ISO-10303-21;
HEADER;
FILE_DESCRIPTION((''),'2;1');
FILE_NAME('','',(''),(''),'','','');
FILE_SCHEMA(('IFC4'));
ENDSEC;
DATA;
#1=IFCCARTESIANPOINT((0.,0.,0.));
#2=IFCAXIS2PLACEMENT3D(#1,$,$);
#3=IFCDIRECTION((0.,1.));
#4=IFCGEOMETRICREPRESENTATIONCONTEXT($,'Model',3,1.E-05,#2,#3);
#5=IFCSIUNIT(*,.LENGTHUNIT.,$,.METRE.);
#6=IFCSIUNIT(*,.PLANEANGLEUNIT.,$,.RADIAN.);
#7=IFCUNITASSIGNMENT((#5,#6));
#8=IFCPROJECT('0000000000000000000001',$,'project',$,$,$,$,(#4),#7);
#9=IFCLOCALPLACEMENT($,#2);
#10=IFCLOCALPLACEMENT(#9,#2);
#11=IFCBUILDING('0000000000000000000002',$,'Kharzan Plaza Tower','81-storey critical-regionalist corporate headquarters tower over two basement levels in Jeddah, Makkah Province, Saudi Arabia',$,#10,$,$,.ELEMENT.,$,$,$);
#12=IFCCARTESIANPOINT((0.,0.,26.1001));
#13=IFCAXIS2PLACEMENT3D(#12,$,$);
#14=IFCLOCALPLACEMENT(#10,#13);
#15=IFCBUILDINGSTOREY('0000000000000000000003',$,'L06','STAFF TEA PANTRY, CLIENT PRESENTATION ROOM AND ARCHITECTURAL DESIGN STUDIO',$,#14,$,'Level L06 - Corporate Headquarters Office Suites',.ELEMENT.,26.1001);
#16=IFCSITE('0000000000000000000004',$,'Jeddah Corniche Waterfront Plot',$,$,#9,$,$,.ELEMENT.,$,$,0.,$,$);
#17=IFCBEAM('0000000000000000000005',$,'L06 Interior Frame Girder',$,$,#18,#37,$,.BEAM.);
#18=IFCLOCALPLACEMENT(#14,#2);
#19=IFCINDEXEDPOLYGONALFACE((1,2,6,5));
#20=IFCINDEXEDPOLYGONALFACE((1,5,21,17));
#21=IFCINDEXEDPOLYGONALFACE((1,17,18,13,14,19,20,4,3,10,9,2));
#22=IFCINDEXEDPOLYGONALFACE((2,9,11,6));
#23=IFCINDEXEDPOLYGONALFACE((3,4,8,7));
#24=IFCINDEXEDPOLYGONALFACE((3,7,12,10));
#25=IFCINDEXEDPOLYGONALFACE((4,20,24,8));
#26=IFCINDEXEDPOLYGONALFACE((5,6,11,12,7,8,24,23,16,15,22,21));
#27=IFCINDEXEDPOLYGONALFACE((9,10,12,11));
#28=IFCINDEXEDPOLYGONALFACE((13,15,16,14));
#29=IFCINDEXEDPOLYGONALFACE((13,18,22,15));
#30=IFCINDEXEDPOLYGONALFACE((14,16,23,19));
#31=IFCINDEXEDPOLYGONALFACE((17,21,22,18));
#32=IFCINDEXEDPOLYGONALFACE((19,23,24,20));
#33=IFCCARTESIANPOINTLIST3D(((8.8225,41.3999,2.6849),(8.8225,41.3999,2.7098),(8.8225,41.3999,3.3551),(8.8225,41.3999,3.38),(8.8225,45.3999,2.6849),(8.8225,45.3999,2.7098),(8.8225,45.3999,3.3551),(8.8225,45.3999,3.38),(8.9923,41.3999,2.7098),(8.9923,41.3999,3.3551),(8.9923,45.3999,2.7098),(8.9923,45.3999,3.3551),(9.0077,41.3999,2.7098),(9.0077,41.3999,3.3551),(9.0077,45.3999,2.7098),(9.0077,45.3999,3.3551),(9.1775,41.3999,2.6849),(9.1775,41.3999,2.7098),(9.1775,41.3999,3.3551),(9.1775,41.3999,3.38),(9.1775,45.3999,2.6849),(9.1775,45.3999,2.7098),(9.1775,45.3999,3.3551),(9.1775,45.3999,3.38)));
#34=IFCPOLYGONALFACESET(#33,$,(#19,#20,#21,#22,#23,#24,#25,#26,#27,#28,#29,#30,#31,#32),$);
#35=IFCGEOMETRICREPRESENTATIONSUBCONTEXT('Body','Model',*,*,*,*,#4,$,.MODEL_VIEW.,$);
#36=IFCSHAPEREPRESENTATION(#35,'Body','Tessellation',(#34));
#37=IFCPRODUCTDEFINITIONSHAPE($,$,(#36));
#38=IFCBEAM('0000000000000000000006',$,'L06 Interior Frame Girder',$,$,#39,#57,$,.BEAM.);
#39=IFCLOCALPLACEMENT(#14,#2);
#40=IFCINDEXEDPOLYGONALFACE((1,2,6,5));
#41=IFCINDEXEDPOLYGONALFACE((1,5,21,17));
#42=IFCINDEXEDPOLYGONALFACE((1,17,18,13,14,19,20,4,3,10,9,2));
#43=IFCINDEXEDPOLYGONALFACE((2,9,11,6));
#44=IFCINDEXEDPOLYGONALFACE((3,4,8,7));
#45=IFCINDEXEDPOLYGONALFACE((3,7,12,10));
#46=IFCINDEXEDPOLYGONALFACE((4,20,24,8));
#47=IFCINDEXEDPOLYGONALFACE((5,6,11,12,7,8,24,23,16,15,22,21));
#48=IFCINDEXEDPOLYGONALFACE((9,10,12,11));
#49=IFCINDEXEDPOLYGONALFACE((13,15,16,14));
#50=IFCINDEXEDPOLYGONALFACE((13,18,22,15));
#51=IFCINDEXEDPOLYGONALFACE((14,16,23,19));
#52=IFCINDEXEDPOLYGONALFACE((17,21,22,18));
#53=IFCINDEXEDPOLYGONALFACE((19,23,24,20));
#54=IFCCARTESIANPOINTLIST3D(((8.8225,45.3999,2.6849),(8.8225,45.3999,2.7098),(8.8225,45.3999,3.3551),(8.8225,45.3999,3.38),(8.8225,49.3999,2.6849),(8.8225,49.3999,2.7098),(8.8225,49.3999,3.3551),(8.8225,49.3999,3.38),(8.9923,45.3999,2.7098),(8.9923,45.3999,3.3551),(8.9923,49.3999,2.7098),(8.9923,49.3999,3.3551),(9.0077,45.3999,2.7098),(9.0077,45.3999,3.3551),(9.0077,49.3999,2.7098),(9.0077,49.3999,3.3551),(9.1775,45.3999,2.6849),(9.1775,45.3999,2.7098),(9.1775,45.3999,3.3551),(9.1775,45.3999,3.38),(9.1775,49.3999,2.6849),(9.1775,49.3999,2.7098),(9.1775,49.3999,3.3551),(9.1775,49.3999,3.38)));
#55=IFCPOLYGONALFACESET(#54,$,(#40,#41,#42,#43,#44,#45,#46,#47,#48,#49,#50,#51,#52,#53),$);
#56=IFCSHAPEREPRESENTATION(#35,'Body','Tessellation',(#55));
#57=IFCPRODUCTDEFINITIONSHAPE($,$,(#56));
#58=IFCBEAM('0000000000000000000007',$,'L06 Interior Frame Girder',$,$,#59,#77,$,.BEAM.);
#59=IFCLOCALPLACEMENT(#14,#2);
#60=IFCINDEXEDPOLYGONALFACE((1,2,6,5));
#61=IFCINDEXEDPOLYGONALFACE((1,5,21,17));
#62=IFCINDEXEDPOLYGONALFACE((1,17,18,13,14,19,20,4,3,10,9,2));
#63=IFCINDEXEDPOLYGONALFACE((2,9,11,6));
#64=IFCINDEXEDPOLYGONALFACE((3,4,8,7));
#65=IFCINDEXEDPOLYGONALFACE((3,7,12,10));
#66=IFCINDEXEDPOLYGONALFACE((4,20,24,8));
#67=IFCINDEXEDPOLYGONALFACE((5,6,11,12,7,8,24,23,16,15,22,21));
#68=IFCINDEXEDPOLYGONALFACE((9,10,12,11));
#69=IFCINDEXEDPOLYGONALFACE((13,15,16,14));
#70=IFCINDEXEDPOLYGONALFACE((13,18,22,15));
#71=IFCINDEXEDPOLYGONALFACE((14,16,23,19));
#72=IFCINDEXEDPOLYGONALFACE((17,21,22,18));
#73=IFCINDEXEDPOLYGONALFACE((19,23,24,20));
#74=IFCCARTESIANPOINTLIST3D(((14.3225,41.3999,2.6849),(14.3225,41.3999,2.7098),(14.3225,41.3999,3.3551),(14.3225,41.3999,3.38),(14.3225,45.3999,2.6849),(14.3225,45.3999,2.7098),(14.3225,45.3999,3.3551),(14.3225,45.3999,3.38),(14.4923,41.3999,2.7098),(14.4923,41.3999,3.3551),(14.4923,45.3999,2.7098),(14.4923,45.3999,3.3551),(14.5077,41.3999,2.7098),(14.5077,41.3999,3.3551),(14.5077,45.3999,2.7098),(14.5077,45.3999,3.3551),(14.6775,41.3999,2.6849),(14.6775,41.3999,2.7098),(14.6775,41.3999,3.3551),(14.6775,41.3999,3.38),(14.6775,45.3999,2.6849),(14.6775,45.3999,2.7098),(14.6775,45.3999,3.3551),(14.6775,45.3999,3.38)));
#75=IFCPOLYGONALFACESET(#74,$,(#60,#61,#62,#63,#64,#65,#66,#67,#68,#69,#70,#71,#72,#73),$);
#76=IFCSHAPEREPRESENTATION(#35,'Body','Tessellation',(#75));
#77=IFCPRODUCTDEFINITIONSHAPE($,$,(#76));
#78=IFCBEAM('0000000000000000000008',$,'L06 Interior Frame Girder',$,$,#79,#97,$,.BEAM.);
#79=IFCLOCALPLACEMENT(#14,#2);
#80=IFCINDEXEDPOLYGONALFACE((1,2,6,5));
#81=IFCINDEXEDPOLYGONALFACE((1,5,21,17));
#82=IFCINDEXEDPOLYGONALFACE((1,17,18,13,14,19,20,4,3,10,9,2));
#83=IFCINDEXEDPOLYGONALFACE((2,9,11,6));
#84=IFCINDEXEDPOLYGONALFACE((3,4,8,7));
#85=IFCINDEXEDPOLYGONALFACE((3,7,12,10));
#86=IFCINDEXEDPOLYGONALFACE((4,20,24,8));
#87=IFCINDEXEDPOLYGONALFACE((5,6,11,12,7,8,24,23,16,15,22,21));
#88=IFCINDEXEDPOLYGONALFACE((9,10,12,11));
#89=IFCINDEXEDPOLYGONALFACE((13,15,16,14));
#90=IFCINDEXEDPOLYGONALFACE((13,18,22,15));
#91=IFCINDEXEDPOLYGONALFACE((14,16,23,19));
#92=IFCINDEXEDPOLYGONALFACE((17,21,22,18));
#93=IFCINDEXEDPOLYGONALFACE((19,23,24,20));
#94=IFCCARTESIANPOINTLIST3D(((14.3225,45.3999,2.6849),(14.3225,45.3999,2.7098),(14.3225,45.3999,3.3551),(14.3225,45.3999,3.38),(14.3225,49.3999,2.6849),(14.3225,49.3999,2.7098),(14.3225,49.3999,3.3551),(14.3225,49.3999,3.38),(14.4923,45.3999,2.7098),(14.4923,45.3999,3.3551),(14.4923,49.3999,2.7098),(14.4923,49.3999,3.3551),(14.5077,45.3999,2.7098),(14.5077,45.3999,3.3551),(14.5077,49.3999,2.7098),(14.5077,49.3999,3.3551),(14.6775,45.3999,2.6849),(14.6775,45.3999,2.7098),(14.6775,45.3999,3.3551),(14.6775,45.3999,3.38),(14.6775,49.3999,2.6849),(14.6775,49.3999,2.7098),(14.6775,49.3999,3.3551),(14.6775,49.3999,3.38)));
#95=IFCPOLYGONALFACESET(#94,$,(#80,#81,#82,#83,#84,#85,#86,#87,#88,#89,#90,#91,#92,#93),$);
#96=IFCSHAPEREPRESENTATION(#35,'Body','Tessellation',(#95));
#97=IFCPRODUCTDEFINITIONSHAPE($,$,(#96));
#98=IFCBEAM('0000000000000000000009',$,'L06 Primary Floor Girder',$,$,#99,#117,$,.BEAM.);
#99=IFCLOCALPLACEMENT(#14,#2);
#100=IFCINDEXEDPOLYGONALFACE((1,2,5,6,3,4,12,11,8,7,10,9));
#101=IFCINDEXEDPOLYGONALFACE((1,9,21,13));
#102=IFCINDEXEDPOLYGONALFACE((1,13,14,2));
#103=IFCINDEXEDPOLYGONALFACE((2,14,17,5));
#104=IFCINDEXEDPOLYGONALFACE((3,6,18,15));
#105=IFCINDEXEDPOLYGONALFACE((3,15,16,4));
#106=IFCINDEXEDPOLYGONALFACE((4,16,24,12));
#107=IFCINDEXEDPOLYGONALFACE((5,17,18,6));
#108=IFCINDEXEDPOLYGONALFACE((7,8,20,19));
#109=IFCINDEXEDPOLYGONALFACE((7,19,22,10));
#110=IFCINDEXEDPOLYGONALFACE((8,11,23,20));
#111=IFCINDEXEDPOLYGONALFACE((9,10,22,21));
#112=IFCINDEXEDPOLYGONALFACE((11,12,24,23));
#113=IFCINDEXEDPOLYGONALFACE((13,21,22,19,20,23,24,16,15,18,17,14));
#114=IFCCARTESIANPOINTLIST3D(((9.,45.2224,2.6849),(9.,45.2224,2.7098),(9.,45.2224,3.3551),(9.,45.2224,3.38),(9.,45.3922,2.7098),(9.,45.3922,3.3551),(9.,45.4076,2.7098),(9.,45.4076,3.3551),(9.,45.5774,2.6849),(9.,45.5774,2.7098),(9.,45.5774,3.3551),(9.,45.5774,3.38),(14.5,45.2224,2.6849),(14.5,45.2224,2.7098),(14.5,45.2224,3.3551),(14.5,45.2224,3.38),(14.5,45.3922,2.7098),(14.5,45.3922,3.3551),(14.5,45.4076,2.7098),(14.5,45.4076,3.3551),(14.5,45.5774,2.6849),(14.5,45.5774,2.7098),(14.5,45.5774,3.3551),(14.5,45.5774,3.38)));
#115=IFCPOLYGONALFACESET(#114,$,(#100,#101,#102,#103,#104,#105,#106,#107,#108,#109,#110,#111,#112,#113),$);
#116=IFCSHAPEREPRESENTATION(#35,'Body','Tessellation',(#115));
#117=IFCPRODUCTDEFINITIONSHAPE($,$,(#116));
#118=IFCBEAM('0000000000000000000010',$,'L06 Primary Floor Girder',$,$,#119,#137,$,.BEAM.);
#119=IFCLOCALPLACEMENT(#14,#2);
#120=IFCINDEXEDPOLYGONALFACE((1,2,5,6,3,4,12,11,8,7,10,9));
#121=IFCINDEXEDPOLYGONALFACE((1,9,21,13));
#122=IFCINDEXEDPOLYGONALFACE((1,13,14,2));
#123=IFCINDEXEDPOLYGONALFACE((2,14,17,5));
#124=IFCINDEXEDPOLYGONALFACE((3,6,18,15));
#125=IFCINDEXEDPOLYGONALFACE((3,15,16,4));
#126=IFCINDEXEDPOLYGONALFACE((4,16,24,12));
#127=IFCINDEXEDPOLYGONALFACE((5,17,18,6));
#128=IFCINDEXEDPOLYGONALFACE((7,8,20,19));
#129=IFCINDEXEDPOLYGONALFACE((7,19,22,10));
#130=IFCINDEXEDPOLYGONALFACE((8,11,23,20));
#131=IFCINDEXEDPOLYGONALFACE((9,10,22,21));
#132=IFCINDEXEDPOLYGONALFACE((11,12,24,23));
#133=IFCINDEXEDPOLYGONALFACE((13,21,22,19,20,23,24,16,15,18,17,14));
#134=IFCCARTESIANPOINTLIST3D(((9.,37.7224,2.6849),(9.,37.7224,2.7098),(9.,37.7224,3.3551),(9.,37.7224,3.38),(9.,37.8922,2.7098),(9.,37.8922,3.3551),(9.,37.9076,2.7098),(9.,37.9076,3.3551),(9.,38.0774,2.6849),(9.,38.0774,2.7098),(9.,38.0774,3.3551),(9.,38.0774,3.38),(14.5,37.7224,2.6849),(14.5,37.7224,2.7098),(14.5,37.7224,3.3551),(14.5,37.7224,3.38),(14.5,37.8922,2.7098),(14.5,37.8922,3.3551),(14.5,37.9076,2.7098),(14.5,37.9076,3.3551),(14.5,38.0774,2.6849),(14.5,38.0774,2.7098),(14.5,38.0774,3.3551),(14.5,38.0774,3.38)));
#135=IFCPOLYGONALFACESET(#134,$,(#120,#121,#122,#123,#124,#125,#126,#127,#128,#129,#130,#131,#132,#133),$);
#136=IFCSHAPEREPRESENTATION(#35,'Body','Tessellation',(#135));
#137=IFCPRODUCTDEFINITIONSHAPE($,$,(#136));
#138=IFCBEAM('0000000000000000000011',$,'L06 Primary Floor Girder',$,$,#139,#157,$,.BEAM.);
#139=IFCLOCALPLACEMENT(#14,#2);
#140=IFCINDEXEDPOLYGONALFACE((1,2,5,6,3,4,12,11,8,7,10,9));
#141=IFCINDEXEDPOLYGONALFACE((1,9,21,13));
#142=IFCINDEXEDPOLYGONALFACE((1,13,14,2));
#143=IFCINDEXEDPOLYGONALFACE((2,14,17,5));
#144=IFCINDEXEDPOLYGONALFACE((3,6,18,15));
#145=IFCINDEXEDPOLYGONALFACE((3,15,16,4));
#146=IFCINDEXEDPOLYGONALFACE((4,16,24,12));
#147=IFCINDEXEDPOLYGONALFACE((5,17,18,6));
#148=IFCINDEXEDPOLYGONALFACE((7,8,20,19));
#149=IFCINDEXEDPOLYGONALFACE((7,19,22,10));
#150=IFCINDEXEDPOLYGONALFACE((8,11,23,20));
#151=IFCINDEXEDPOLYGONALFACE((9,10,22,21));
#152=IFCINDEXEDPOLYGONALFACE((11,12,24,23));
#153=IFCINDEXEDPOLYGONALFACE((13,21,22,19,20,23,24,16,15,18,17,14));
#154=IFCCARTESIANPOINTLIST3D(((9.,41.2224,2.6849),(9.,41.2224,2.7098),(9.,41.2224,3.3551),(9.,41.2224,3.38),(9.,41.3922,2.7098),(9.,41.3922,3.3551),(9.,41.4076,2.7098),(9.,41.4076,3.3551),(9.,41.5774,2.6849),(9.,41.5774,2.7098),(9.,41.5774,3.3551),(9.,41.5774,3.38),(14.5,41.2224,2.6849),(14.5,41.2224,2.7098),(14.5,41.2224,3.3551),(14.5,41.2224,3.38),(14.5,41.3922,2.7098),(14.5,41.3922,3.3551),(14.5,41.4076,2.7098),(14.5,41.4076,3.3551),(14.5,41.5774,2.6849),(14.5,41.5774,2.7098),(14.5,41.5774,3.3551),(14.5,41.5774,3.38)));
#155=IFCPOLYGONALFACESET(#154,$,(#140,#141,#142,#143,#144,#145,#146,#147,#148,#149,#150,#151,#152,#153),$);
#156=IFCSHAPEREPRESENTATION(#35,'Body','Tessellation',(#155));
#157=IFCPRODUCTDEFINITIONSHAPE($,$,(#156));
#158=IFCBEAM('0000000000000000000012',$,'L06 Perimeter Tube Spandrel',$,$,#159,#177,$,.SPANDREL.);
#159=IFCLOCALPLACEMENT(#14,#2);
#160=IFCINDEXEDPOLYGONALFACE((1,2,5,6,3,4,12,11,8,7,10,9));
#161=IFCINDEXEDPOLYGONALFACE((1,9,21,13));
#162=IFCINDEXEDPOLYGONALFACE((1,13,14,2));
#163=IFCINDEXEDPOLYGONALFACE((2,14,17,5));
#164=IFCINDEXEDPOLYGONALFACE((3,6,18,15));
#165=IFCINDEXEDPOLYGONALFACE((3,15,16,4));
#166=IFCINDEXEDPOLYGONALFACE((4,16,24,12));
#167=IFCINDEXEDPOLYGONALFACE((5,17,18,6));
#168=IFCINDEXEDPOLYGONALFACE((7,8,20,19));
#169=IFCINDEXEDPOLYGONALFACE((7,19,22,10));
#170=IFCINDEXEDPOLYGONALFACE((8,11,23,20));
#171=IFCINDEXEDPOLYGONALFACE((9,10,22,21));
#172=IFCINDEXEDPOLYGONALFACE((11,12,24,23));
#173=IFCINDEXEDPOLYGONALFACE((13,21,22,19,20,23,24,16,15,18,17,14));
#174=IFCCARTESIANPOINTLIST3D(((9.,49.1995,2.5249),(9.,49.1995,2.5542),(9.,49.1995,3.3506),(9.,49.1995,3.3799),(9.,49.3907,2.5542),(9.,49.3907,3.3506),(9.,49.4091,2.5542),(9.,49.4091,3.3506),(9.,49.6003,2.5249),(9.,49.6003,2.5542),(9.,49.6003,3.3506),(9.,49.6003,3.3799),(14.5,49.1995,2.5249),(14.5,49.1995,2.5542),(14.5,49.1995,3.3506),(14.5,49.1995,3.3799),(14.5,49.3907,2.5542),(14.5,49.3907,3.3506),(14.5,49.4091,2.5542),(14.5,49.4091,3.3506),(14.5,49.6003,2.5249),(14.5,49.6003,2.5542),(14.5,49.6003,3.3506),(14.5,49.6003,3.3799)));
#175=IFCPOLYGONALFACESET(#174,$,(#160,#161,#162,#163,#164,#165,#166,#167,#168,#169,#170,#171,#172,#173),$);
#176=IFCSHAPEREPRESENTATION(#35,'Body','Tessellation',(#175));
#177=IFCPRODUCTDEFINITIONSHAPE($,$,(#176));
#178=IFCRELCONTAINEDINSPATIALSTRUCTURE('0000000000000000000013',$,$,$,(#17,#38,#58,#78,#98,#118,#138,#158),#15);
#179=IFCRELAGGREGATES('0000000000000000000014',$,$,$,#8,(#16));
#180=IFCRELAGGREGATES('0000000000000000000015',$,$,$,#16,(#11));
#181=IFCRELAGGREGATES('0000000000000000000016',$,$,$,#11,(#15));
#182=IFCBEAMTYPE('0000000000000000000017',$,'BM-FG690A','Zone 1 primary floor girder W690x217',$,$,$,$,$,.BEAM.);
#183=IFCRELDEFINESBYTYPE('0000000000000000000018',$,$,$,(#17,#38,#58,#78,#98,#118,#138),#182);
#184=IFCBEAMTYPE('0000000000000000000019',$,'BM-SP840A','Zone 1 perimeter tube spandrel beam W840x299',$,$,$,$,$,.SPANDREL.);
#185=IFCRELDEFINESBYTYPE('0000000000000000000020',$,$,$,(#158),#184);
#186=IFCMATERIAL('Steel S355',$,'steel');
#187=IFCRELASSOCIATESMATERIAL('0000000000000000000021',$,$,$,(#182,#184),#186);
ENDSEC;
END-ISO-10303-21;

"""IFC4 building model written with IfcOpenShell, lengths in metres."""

from ifc_helpers import new_model, si_unit, direction, frame, origin, origin_2d, place, context, subcontext, project, spatial, i_section, extrude, source, transform, mapped, material, material_profile, profile_set, type_object, element, save


model = new_model("IFC4")

# Units and contexts
model_context = context("Model", 3, precision=1e-05, world=origin(), true_north=direction((0.0, 1.0)))
body_context = subcontext(model_context, "Body", "Model", "MODEL_VIEW")
ifc_project = project(units=[si_unit("LENGTHUNIT", "METRE"), si_unit("PLANEANGLEUNIT", "RADIAN")], contexts=[model_context])

# Site, building, storey
site_placement = place(None, origin())
site = spatial("IfcSite", under=ifc_project, at=site_placement, Name="Jeddah Corniche Waterfront Plot", CompositionType="ELEMENT", RefElevation=0.0)
building_placement = place(site_placement, origin())
building = spatial("IfcBuilding", under=site, at=building_placement, Name="Kharzan Plaza Tower", Description="81-storey critical-regionalist corporate headquarters tower over two basement levels in Jeddah, Makkah Province, Saudi Arabia", CompositionType="ELEMENT")
storey_placement = place(building_placement, frame((0.0, 0.0, 26.1001)))
storey = spatial("IfcBuildingStorey", under=building, at=storey_placement, Name="L06", Description="STAFF TEA PANTRY, CLIENT PRESENTATION ROOM AND ARCHITECTURAL DESIGN STUDIO", LongName="Level L06 - Corporate Headquarters Office Suites", CompositionType="ELEMENT", Elevation=26.1001)

# Beams
ifc_material_1 = material(Name="Steel S355", Category="steel")
ifc_material_profile_1 = material_profile(ifc_material_1, i_section(OverallWidth=0.355, OverallDepth=0.6951, WebThickness=0.0154, FlangeThickness=0.0249, at=origin_2d()), Name="W690x217")
ifc_profile_set_1 = profile_set([ifc_material_profile_1], Name="Steel S355")
beam_type_1 = type_object("IfcBeamType", Name="BM-FG690A", Description="Zone 1 primary floor girder W690x217", PredefinedType="BEAM", material=ifc_profile_set_1)
shared_shape_1 = source(origin(), body_context, "Body", "SweptSolid", [
    extrude(i_section(OverallWidth=0.355, OverallDepth=0.6951, WebThickness=0.0154, FlangeThickness=0.0249, at=origin_2d()), origin(), (0.0, 0.0, 1.0), 4.0),
])
for number, where, z_axis, x_axis, name in (
    (1, (9.0, 41.3999, 3.0325), (0.0, 1.0, 0.0), (-1.0, 0.0, 0.0), "L06 Interior Frame Girder"),
    (2, (9.0, 45.3999, 3.0325), (0.0, 1.0, 0.0), (-1.0, 0.0, 0.0), "L06 Interior Frame Girder"),
    (3, (14.5, 41.3999, 3.0325), (0.0, 1.0, 0.0), (-1.0, 0.0, 0.0), "L06 Interior Frame Girder"),
    (4, (14.5, 45.3999, 3.0325), (0.0, 1.0, 0.0), (-1.0, 0.0, 0.0), "L06 Interior Frame Girder"),
):
    element("IfcBeam", number, at=place(storey_placement, frame(where, z_axis=z_axis, x_axis=x_axis)), inside=storey, type_object=beam_type_1, Name=name, PredefinedType="BEAM", context=body_context, shape_type="MappedRepresentation", body=[
        mapped(shared_shape_1, transform((0.0, 0.0, 0.0), x_axis=(1.0, 0.0, 0.0), y_axis=(0.0, 1.0, 0.0), z_axis=(0.0, 0.0, 1.0))),
    ])
shared_shape_2 = source(origin(), body_context, "Body", "SweptSolid", [
    extrude(i_section(OverallWidth=0.355, OverallDepth=0.6951, WebThickness=0.0154, FlangeThickness=0.0249, at=origin_2d()), origin(), (0.0, 0.0, 1.0), 5.5),
])
for number, where, z_axis, x_axis, name in (
    (5, (9.0, 45.3999, 3.0325), (1.0, 0.0, 0.0), (0.0, 1.0, 0.0), "L06 Primary Floor Girder"),
    (6, (9.0, 37.8999, 3.0325), (1.0, 0.0, 0.0), (0.0, 1.0, 0.0), "L06 Primary Floor Girder"),
    (7, (9.0, 41.3999, 3.0325), (1.0, 0.0, 0.0), (0.0, 1.0, 0.0), "L06 Primary Floor Girder"),
):
    element("IfcBeam", number, at=place(storey_placement, frame(where, z_axis=z_axis, x_axis=x_axis)), inside=storey, type_object=beam_type_1, Name=name, PredefinedType="BEAM", context=body_context, shape_type="MappedRepresentation", body=[
        mapped(shared_shape_2, transform((0.0, 0.0, 0.0), x_axis=(1.0, 0.0, 0.0), y_axis=(0.0, 1.0, 0.0), z_axis=(0.0, 0.0, 1.0))),
    ])
ifc_material_profile_2 = material_profile(ifc_material_1, i_section(OverallWidth=0.4009, OverallDepth=0.855, WebThickness=0.0183, FlangeThickness=0.0293, at=origin_2d()), Name="W840x299")
ifc_profile_set_2 = profile_set([ifc_material_profile_2], Name="Steel S355")
beam_type_2 = type_object("IfcBeamType", Name="BM-SP840A", Description="Zone 1 perimeter tube spandrel beam W840x299", PredefinedType="SPANDREL", material=ifc_profile_set_2)
shared_shape_3 = source(origin(), body_context, "Body", "SweptSolid", [
    extrude(i_section(OverallWidth=0.4009, OverallDepth=0.855, WebThickness=0.0183, FlangeThickness=0.0293, at=origin_2d()), origin(), (0.0, 0.0, 1.0), 5.5),
])
beam_placement = place(storey_placement, frame((9.0, 49.3999, 2.9524), z_axis=(1.0, 0.0, 0.0), x_axis=(0.0, 1.0, 0.0)))
element("IfcBeam", 8, at=beam_placement, inside=storey, type_object=beam_type_2, Name="L06 Perimeter Tube Spandrel", PredefinedType="SPANDREL", context=body_context, shape_type="MappedRepresentation", body=[
    mapped(shared_shape_3, transform((0.0, 0.0, 0.0), x_axis=(1.0, 0.0, 0.0), y_axis=(0.0, 1.0, 0.0), z_axis=(0.0, 0.0, 1.0))),
])

save(model, "model.ifc")
